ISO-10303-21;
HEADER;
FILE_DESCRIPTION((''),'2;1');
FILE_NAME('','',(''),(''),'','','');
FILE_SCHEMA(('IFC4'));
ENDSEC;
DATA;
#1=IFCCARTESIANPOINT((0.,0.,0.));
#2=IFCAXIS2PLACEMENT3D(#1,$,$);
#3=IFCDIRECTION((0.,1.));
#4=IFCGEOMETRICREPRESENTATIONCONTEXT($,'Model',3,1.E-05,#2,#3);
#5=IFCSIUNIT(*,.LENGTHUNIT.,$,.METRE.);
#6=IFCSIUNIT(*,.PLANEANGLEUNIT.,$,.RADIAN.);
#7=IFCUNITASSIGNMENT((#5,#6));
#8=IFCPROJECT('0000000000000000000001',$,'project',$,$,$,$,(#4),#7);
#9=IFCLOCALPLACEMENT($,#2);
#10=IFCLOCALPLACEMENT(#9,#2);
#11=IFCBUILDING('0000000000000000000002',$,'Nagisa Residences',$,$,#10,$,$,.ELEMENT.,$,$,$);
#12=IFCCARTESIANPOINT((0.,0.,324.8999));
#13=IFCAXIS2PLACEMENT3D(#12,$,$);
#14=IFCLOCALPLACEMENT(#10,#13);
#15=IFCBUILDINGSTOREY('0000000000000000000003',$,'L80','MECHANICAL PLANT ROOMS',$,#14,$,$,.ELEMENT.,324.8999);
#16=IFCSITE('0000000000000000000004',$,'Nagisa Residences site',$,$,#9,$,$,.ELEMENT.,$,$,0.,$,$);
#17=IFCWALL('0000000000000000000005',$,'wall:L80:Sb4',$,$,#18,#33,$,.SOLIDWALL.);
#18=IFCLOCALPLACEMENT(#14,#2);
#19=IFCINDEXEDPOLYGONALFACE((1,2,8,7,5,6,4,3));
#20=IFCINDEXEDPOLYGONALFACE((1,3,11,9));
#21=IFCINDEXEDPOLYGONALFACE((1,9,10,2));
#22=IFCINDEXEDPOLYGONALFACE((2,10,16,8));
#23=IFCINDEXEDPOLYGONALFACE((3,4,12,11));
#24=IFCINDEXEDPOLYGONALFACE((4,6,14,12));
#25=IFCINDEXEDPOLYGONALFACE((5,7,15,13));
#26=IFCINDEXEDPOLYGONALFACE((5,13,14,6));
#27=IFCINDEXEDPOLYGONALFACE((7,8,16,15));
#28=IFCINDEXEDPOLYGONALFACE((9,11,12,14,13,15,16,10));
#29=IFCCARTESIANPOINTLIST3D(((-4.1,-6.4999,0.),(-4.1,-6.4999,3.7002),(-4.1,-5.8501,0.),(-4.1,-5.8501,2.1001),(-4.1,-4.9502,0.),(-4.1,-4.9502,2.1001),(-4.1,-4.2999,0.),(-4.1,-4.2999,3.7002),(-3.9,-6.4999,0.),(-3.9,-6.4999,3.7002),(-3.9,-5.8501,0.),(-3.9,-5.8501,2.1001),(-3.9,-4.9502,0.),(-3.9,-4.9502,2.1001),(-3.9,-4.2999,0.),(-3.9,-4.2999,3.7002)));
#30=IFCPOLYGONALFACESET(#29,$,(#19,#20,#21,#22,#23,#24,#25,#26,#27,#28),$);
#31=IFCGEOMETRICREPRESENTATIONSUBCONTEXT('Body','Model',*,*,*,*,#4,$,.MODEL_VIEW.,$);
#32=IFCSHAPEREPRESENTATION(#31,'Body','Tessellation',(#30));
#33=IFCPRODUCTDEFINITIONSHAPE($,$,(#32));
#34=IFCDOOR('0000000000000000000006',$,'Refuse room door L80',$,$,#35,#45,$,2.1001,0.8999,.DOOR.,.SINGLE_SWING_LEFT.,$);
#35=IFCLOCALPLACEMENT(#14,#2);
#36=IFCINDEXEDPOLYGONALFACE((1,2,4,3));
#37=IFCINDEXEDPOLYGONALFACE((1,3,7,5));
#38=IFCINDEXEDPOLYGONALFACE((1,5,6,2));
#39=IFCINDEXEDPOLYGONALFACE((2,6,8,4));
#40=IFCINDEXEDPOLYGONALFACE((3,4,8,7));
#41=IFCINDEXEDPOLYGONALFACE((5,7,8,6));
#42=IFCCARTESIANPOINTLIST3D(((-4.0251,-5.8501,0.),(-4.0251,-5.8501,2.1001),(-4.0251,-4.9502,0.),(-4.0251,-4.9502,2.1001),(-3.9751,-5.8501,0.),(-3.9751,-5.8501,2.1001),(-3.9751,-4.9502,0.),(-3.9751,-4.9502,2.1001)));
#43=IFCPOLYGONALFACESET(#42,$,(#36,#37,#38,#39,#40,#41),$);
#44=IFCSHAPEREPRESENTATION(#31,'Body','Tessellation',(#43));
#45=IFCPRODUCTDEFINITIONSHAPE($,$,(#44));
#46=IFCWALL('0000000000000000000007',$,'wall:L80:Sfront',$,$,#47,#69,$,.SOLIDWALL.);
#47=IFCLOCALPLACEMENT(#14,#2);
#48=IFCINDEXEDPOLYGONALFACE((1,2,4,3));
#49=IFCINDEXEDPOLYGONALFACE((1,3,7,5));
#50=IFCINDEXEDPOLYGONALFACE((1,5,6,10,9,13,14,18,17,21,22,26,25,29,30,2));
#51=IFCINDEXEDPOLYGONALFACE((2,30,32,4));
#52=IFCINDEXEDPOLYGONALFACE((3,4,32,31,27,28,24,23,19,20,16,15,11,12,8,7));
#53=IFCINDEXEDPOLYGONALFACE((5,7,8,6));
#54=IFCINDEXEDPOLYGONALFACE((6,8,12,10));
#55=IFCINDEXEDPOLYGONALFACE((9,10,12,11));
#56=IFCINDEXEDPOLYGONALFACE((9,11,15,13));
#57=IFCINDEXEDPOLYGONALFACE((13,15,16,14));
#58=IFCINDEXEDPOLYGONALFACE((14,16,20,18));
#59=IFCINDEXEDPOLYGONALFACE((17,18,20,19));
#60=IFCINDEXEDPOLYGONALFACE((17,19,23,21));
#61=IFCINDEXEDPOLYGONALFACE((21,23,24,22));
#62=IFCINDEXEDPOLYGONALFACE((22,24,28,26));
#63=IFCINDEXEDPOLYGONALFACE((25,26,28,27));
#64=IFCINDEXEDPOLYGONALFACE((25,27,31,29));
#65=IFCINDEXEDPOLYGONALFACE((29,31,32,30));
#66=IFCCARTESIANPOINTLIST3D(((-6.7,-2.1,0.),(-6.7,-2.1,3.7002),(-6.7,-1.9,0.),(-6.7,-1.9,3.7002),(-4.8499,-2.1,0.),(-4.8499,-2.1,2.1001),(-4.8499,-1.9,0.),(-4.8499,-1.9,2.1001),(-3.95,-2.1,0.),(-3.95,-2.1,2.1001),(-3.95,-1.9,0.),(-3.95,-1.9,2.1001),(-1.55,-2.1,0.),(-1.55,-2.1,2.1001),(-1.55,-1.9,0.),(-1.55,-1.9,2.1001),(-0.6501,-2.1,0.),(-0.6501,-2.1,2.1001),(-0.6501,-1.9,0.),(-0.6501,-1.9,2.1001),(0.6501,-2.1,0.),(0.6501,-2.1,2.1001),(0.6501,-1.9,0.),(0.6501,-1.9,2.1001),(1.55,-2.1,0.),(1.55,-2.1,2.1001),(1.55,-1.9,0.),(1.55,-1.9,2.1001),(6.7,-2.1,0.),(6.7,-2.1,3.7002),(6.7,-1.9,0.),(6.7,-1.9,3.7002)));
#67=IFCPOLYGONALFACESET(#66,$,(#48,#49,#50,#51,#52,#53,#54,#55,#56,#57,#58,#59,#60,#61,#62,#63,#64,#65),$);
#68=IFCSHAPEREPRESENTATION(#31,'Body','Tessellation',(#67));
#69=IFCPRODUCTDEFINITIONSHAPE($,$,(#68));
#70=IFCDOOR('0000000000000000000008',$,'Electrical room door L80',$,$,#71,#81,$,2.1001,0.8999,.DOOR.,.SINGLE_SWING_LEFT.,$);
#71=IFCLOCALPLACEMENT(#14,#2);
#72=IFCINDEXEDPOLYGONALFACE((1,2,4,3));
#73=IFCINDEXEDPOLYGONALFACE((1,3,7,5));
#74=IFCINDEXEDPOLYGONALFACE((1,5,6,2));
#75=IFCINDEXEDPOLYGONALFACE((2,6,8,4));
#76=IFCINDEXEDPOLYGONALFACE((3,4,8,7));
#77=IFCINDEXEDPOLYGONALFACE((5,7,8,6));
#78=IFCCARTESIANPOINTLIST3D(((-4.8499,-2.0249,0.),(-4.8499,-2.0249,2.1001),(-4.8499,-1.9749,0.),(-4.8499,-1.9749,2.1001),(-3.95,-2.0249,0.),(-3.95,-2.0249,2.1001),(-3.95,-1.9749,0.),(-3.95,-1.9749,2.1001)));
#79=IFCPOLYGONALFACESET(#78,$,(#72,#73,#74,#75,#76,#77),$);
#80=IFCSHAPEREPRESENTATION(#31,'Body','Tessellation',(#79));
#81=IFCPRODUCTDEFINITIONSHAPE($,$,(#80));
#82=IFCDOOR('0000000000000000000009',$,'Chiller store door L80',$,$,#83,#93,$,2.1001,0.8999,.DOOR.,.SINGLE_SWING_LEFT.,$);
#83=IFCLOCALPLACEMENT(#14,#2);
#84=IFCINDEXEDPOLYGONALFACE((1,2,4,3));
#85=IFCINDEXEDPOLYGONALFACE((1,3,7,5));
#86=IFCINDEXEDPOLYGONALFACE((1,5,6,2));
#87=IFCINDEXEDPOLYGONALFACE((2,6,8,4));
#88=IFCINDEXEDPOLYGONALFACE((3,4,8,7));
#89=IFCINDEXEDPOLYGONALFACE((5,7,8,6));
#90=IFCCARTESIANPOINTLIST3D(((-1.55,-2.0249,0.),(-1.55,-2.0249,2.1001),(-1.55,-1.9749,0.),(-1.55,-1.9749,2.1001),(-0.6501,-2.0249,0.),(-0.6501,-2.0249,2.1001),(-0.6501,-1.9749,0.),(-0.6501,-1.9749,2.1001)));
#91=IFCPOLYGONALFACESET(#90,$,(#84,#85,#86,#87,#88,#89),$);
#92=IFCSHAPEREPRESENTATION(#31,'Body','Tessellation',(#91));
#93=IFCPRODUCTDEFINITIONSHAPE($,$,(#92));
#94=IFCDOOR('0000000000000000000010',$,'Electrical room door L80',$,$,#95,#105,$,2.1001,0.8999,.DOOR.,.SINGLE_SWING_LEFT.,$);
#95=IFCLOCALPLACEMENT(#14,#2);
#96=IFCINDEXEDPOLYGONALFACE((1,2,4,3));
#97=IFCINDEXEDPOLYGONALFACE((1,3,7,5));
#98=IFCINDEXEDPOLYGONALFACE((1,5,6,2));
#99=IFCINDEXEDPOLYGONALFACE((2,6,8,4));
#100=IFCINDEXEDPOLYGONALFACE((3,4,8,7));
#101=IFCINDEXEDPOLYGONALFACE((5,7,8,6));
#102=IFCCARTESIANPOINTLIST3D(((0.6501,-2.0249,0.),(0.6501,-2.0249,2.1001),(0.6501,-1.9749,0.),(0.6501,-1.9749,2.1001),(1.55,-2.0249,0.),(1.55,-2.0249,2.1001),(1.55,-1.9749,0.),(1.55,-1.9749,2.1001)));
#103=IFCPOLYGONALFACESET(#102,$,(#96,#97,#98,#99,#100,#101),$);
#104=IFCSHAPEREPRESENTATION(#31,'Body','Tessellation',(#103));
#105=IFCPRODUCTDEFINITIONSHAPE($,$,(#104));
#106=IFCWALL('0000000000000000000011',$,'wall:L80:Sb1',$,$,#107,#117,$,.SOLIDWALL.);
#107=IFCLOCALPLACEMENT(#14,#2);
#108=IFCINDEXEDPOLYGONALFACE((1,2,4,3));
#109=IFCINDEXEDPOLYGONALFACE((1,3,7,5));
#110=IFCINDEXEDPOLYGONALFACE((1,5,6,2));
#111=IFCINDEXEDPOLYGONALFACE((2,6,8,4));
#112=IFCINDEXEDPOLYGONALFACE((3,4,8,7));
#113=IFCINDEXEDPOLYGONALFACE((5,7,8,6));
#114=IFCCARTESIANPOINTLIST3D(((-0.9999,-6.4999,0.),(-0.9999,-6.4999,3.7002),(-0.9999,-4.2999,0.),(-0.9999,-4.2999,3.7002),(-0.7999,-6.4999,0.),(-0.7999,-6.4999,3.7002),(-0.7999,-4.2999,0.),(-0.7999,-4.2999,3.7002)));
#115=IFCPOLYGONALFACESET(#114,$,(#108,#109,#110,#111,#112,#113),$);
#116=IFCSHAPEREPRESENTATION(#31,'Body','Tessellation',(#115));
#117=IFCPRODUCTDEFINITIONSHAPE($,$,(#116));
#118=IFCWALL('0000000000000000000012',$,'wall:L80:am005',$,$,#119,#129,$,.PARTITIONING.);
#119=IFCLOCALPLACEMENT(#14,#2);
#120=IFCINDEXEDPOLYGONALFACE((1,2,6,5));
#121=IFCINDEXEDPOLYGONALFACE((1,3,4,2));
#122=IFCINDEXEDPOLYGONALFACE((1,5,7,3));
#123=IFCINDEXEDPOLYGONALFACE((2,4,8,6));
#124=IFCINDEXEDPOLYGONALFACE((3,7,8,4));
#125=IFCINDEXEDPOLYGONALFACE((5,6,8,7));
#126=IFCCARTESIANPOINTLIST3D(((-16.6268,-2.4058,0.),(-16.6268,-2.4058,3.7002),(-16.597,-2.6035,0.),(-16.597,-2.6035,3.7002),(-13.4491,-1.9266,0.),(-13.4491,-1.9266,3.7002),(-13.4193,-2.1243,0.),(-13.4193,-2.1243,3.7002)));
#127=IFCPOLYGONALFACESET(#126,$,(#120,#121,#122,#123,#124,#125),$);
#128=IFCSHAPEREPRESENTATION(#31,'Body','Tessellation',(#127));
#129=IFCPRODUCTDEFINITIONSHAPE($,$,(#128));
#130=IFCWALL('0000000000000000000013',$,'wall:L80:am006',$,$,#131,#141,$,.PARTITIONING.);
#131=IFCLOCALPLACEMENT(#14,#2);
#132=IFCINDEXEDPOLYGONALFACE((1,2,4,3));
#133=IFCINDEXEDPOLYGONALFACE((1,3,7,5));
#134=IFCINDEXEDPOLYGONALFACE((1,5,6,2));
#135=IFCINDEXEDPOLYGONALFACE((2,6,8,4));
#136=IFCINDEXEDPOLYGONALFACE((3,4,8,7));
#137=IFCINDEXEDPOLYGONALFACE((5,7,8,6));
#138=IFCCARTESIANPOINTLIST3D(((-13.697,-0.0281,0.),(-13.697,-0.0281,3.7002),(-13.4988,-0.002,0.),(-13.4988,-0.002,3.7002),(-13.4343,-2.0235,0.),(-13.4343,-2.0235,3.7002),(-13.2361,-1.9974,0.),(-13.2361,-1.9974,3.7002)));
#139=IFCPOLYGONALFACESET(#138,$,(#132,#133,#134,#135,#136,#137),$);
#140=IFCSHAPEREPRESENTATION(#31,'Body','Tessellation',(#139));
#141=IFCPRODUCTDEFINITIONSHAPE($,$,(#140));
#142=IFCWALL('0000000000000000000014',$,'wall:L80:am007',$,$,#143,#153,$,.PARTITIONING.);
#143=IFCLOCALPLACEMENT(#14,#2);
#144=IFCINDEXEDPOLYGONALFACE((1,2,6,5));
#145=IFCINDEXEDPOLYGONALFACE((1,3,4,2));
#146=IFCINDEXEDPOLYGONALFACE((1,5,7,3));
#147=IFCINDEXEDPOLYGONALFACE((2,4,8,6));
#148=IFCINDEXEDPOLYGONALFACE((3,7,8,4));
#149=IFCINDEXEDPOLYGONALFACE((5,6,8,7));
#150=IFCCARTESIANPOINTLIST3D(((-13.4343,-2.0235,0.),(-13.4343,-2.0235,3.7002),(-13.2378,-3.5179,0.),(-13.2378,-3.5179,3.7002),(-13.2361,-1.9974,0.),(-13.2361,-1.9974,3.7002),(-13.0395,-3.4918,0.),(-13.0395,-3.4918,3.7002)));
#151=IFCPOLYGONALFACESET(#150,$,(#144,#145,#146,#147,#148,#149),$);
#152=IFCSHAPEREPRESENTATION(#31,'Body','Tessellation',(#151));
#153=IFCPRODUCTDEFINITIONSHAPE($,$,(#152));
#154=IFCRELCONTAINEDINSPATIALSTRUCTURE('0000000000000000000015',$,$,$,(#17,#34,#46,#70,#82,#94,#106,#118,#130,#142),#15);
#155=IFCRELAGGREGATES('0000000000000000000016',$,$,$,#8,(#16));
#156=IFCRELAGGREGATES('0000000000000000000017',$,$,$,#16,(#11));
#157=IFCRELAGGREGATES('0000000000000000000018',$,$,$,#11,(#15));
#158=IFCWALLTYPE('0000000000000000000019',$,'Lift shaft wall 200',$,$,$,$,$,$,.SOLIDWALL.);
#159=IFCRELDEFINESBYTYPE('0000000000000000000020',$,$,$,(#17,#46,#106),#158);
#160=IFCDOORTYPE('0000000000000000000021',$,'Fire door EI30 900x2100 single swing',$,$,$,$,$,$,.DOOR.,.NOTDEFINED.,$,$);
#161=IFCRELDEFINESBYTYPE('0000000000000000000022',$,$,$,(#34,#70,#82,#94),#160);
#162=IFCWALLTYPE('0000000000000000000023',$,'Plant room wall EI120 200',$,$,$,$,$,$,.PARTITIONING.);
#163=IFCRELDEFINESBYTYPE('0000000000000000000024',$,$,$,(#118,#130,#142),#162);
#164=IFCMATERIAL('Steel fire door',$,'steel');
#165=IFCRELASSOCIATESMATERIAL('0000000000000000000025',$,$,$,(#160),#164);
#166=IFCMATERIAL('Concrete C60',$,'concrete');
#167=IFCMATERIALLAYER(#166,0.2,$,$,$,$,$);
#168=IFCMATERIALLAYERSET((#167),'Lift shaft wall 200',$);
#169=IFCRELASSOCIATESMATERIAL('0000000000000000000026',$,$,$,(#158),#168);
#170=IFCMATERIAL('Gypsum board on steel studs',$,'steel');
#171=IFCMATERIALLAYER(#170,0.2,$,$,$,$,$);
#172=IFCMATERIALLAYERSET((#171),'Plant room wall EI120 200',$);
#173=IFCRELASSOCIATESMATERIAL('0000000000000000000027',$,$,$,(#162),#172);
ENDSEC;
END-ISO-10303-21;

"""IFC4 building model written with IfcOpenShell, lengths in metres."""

from ifc_helpers import new_model, si_unit, direction, frame, frame_2d, origin, place, context, subcontext, project, spatial, rectangle, extrude, material, layer, layer_set, type_object, element, fill, save


model = new_model("IFC4")

# Units and contexts
model_context = context("Model", 3, precision=1e-05, world=origin(), true_north=direction((0.0, 1.0)))
body_context = subcontext(model_context, "Body", "Model", "MODEL_VIEW")
ifc_project = project(units=[si_unit("LENGTHUNIT", "METRE"), si_unit("PLANEANGLEUNIT", "RADIAN")], contexts=[model_context])

# Site, building, storey
site_placement = place(None, origin())
site = spatial("IfcSite", under=ifc_project, at=site_placement, Name="Nagisa Residences site", CompositionType="ELEMENT", RefElevation=0.0)
building_placement = place(site_placement, origin())
building = spatial("IfcBuilding", under=site, at=building_placement, Name="Nagisa Residences", CompositionType="ELEMENT")
storey_placement = place(building_placement, frame((0.0, 0.0, 324.8999)))
storey = spatial("IfcBuildingStorey", under=building, at=storey_placement, Name="L80", Description="MECHANICAL PLANT ROOMS", CompositionType="ELEMENT", Elevation=324.8999)

# Shared definitions
ifc_material_1 = material(Name="Steel fire door", Category="steel")
door_type_1 = type_object("IfcDoorType", Name="Fire door EI30 900x2100 single swing", OperationType="NOTDEFINED", PredefinedType="DOOR", material=ifc_material_1)

# Wall, opening, door
ifc_material_2 = material(Name="Concrete C60", Category="concrete")
ifc_layer_1 = layer(ifc_material_2, 0.2)
ifc_layer_set_1 = layer_set([ifc_layer_1], Name="Lift shaft wall 200")
wall_type_1 = type_object("IfcWallType", Name="Lift shaft wall 200", PredefinedType="SOLIDWALL", material=ifc_layer_set_1)
wall_1_placement = place(storey_placement, frame((-4.0, -6.5, 0.0), z_axis=(0.0, 0.0, 1.0), x_axis=(0.0, 1.0, 0.0)))
wall_1 = element("IfcWall", 1, at=wall_1_placement, inside=storey, type_object=wall_type_1, Name="wall:L80:Sb4", PredefinedType="SOLIDWALL", context=body_context, shape_type="SweptSolid", body=[
    extrude(rectangle(XDim=2.2, YDim=0.2, at=frame_2d((1.1001, 0.0))), origin(), (0.0, 0.0, 1.0), 3.7002),
])
opening_1_placement = place(wall_1_placement, frame((0.6499, 0.0, 0.0)))
opening_1 = element("IfcOpeningElement", 2, at=opening_1_placement, cuts=wall_1, PredefinedType="OPENING", context=body_context, shape_type="SweptSolid", body=[
    extrude(rectangle(XDim=0.8999, YDim=2.1001, at=frame_2d((0.45, 1.05))), frame((0.0, 0.1099, 0.0), z_axis=(0.0, -1.0, 0.0), x_axis=(1.0, 0.0, 0.0)), (0.0, 0.0, 1.0), 0.22),
])
door_1_placement = place(opening_1_placement, frame((0.8999, 0.0, 0.0), x_axis=(-1.0, 0.0, 0.0)))
door_1 = element("IfcDoor", 3, at=door_1_placement, inside=storey, type_object=door_type_1, Name="Refuse room door L80", OperationType="SINGLE_SWING_LEFT", OverallHeight=2.1001, OverallWidth=0.8999, PredefinedType="DOOR", context=body_context, shape_type="SweptSolid", body=[
    extrude(rectangle(XDim=0.8999, YDim=2.1001, at=frame_2d((0.45, 1.05))), frame((0.0, 0.0249, 0.0), z_axis=(0.0, -1.0, 0.0), x_axis=(1.0, 0.0, 0.0)), (0.0, 0.0, 1.0), 0.05),
])
fill(opening_1, door_1)

# Wall, openings, doors
wall_2_placement = place(storey_placement, frame((-6.7, -2.0, 0.0), z_axis=(0.0, 0.0, 1.0), x_axis=(1.0, 0.0, 0.0)))
wall_2 = element("IfcWall", 4, at=wall_2_placement, inside=storey, type_object=wall_type_1, Name="wall:L80:Sfront", PredefinedType="SOLIDWALL", context=body_context, shape_type="SweptSolid", body=[
    extrude(rectangle(XDim=13.3999, YDim=0.2, at=frame_2d((6.7, 0.0))), origin(), (0.0, 0.0, 1.0), 3.7002),
])
opening_2_placement = place(wall_2_placement, frame((1.8501, 0.0, 0.0)))
opening_2 = element("IfcOpeningElement", 5, at=opening_2_placement, cuts=wall_2, PredefinedType="OPENING", context=body_context, shape_type="SweptSolid", body=[
    extrude(rectangle(XDim=0.8999, YDim=2.1001, at=frame_2d((0.45, 1.05))), frame((0.0, 0.1099, 0.0), z_axis=(0.0, -1.0, 0.0), x_axis=(1.0, 0.0, 0.0)), (0.0, 0.0, 1.0), 0.22),
])
opening_3_placement = place(wall_2_placement, frame((5.1499, 0.0, 0.0)))
opening_3 = element("IfcOpeningElement", 6, at=opening_3_placement, cuts=wall_2, PredefinedType="OPENING", context=body_context, shape_type="SweptSolid", body=[
    extrude(rectangle(XDim=0.8999, YDim=2.1001, at=frame_2d((0.45, 1.05))), frame((0.0, 0.1099, 0.0), z_axis=(0.0, -1.0, 0.0), x_axis=(1.0, 0.0, 0.0)), (0.0, 0.0, 1.0), 0.22),
])
opening_4_placement = place(wall_2_placement, frame((7.3501, 0.0, 0.0)))
opening_4 = element("IfcOpeningElement", 7, at=opening_4_placement, cuts=wall_2, PredefinedType="OPENING", context=body_context, shape_type="SweptSolid", body=[
    extrude(rectangle(XDim=0.8999, YDim=2.1001, at=frame_2d((0.45, 1.05))), frame((0.0, 0.1099, 0.0), z_axis=(0.0, -1.0, 0.0), x_axis=(1.0, 0.0, 0.0)), (0.0, 0.0, 1.0), 0.22),
])
door_2_placement = place(opening_2_placement, frame((0.8999, 0.0, 0.0), x_axis=(-1.0, 0.0, 0.0)))
door_2 = element("IfcDoor", 8, at=door_2_placement, inside=storey, type_object=door_type_1, Name="Electrical room door L80", OperationType="SINGLE_SWING_LEFT", OverallHeight=2.1001, OverallWidth=0.8999, PredefinedType="DOOR", context=body_context, shape_type="SweptSolid", body=[
    extrude(rectangle(XDim=0.8999, YDim=2.1001, at=frame_2d((0.45, 1.05))), frame((0.0, 0.0249, 0.0), z_axis=(0.0, -1.0, 0.0), x_axis=(1.0, 0.0, 0.0)), (0.0, 0.0, 1.0), 0.05),
])
fill(opening_2, door_2)
door_3_placement = place(opening_3_placement, frame((0.8999, 0.0, 0.0), x_axis=(-1.0, 0.0, 0.0)))
door_3 = element("IfcDoor", 9, at=door_3_placement, inside=storey, type_object=door_type_1, Name="Chiller store door L80", OperationType="SINGLE_SWING_LEFT", OverallHeight=2.1001, OverallWidth=0.8999, PredefinedType="DOOR", context=body_context, shape_type="SweptSolid", body=[
    extrude(rectangle(XDim=0.8999, YDim=2.1001, at=frame_2d((0.45, 1.05))), frame((0.0, 0.0249, 0.0), z_axis=(0.0, -1.0, 0.0), x_axis=(1.0, 0.0, 0.0)), (0.0, 0.0, 1.0), 0.05),
])
fill(opening_3, door_3)
door_4_placement = place(opening_4_placement, frame((0.8999, 0.0, 0.0), x_axis=(-1.0, 0.0, 0.0)))
door_4 = element("IfcDoor", 10, at=door_4_placement, inside=storey, type_object=door_type_1, Name="Electrical room door L80", OperationType="SINGLE_SWING_LEFT", OverallHeight=2.1001, OverallWidth=0.8999, PredefinedType="DOOR", context=body_context, shape_type="SweptSolid", body=[
    extrude(rectangle(XDim=0.8999, YDim=2.1001, at=frame_2d((0.45, 1.05))), frame((0.0, 0.0249, 0.0), z_axis=(0.0, -1.0, 0.0), x_axis=(1.0, 0.0, 0.0)), (0.0, 0.0, 1.0), 0.05),
])
fill(opening_4, door_4)

# Walls
wall_3_placement = place(storey_placement, frame((-0.8999, -6.5, 0.0), z_axis=(0.0, 0.0, 1.0), x_axis=(0.0, 1.0, 0.0)))
element("IfcWall", 11, at=wall_3_placement, inside=storey, type_object=wall_type_1, Name="wall:L80:Sb1", PredefinedType="SOLIDWALL", context=body_context, shape_type="SweptSolid", body=[
    extrude(rectangle(XDim=2.2, YDim=0.2, at=frame_2d((1.1001, 0.0))), origin(), (0.0, 0.0, 1.0), 3.7002),
])
ifc_material_3 = material(Name="Gypsum board on steel studs", Category="steel")
ifc_layer_2 = layer(ifc_material_3, 0.2)
ifc_layer_set_2 = layer_set([ifc_layer_2], Name="Plant room wall EI120 200")
wall_type_2 = type_object("IfcWallType", Name="Plant room wall EI120 200", PredefinedType="PARTITIONING", material=ifc_layer_set_2)
wall_4_placement = place(storey_placement, frame((-13.4341, -2.0254, 0.0), z_axis=(0.0, 0.0, 1.0), x_axis=(-0.988818, -0.149128, 0.0)))
element("IfcWall", 12, at=wall_4_placement, inside=storey, type_object=wall_type_2, Name="wall:L80:am005", PredefinedType="PARTITIONING", context=body_context, shape_type="SweptSolid", body=[
    extrude(rectangle(XDim=3.2136, YDim=0.2, at=frame_2d((1.6069, 0.0))), origin(), (0.0, 0.0, 1.0), 3.7002),
])
wall_5_placement = place(storey_placement, frame((-13.3352, -2.0105, 0.0), z_axis=(0.0, 0.0, 1.0), x_axis=(-0.130527, 0.991445, 0.0)))
element("IfcWall", 13, at=wall_5_placement, inside=storey, type_object=wall_type_2, Name="wall:L80:am006", PredefinedType="PARTITIONING", context=body_context, shape_type="SweptSolid", body=[
    extrude(rectangle(XDim=2.0127, YDim=0.2, at=frame_2d((1.0063, 0.0))), origin(), (0.0, 0.0, 1.0), 3.7002),
])
wall_6_placement = place(storey_placement, frame((-13.1387, -3.5049, 0.0), z_axis=(0.0, 0.0, 1.0), x_axis=(-0.130392, 0.991463, 0.0)))
element("IfcWall", 14, at=wall_6_placement, inside=storey, type_object=wall_type_2, Name="wall:L80:am007", PredefinedType="PARTITIONING", context=body_context, shape_type="SweptSolid", body=[
    extrude(rectangle(XDim=1.5073, YDim=0.2, at=frame_2d((0.7537, 0.0))), origin(), (0.0, 0.0, 1.0), 3.7002),
])

save(model, "model.ifc")
